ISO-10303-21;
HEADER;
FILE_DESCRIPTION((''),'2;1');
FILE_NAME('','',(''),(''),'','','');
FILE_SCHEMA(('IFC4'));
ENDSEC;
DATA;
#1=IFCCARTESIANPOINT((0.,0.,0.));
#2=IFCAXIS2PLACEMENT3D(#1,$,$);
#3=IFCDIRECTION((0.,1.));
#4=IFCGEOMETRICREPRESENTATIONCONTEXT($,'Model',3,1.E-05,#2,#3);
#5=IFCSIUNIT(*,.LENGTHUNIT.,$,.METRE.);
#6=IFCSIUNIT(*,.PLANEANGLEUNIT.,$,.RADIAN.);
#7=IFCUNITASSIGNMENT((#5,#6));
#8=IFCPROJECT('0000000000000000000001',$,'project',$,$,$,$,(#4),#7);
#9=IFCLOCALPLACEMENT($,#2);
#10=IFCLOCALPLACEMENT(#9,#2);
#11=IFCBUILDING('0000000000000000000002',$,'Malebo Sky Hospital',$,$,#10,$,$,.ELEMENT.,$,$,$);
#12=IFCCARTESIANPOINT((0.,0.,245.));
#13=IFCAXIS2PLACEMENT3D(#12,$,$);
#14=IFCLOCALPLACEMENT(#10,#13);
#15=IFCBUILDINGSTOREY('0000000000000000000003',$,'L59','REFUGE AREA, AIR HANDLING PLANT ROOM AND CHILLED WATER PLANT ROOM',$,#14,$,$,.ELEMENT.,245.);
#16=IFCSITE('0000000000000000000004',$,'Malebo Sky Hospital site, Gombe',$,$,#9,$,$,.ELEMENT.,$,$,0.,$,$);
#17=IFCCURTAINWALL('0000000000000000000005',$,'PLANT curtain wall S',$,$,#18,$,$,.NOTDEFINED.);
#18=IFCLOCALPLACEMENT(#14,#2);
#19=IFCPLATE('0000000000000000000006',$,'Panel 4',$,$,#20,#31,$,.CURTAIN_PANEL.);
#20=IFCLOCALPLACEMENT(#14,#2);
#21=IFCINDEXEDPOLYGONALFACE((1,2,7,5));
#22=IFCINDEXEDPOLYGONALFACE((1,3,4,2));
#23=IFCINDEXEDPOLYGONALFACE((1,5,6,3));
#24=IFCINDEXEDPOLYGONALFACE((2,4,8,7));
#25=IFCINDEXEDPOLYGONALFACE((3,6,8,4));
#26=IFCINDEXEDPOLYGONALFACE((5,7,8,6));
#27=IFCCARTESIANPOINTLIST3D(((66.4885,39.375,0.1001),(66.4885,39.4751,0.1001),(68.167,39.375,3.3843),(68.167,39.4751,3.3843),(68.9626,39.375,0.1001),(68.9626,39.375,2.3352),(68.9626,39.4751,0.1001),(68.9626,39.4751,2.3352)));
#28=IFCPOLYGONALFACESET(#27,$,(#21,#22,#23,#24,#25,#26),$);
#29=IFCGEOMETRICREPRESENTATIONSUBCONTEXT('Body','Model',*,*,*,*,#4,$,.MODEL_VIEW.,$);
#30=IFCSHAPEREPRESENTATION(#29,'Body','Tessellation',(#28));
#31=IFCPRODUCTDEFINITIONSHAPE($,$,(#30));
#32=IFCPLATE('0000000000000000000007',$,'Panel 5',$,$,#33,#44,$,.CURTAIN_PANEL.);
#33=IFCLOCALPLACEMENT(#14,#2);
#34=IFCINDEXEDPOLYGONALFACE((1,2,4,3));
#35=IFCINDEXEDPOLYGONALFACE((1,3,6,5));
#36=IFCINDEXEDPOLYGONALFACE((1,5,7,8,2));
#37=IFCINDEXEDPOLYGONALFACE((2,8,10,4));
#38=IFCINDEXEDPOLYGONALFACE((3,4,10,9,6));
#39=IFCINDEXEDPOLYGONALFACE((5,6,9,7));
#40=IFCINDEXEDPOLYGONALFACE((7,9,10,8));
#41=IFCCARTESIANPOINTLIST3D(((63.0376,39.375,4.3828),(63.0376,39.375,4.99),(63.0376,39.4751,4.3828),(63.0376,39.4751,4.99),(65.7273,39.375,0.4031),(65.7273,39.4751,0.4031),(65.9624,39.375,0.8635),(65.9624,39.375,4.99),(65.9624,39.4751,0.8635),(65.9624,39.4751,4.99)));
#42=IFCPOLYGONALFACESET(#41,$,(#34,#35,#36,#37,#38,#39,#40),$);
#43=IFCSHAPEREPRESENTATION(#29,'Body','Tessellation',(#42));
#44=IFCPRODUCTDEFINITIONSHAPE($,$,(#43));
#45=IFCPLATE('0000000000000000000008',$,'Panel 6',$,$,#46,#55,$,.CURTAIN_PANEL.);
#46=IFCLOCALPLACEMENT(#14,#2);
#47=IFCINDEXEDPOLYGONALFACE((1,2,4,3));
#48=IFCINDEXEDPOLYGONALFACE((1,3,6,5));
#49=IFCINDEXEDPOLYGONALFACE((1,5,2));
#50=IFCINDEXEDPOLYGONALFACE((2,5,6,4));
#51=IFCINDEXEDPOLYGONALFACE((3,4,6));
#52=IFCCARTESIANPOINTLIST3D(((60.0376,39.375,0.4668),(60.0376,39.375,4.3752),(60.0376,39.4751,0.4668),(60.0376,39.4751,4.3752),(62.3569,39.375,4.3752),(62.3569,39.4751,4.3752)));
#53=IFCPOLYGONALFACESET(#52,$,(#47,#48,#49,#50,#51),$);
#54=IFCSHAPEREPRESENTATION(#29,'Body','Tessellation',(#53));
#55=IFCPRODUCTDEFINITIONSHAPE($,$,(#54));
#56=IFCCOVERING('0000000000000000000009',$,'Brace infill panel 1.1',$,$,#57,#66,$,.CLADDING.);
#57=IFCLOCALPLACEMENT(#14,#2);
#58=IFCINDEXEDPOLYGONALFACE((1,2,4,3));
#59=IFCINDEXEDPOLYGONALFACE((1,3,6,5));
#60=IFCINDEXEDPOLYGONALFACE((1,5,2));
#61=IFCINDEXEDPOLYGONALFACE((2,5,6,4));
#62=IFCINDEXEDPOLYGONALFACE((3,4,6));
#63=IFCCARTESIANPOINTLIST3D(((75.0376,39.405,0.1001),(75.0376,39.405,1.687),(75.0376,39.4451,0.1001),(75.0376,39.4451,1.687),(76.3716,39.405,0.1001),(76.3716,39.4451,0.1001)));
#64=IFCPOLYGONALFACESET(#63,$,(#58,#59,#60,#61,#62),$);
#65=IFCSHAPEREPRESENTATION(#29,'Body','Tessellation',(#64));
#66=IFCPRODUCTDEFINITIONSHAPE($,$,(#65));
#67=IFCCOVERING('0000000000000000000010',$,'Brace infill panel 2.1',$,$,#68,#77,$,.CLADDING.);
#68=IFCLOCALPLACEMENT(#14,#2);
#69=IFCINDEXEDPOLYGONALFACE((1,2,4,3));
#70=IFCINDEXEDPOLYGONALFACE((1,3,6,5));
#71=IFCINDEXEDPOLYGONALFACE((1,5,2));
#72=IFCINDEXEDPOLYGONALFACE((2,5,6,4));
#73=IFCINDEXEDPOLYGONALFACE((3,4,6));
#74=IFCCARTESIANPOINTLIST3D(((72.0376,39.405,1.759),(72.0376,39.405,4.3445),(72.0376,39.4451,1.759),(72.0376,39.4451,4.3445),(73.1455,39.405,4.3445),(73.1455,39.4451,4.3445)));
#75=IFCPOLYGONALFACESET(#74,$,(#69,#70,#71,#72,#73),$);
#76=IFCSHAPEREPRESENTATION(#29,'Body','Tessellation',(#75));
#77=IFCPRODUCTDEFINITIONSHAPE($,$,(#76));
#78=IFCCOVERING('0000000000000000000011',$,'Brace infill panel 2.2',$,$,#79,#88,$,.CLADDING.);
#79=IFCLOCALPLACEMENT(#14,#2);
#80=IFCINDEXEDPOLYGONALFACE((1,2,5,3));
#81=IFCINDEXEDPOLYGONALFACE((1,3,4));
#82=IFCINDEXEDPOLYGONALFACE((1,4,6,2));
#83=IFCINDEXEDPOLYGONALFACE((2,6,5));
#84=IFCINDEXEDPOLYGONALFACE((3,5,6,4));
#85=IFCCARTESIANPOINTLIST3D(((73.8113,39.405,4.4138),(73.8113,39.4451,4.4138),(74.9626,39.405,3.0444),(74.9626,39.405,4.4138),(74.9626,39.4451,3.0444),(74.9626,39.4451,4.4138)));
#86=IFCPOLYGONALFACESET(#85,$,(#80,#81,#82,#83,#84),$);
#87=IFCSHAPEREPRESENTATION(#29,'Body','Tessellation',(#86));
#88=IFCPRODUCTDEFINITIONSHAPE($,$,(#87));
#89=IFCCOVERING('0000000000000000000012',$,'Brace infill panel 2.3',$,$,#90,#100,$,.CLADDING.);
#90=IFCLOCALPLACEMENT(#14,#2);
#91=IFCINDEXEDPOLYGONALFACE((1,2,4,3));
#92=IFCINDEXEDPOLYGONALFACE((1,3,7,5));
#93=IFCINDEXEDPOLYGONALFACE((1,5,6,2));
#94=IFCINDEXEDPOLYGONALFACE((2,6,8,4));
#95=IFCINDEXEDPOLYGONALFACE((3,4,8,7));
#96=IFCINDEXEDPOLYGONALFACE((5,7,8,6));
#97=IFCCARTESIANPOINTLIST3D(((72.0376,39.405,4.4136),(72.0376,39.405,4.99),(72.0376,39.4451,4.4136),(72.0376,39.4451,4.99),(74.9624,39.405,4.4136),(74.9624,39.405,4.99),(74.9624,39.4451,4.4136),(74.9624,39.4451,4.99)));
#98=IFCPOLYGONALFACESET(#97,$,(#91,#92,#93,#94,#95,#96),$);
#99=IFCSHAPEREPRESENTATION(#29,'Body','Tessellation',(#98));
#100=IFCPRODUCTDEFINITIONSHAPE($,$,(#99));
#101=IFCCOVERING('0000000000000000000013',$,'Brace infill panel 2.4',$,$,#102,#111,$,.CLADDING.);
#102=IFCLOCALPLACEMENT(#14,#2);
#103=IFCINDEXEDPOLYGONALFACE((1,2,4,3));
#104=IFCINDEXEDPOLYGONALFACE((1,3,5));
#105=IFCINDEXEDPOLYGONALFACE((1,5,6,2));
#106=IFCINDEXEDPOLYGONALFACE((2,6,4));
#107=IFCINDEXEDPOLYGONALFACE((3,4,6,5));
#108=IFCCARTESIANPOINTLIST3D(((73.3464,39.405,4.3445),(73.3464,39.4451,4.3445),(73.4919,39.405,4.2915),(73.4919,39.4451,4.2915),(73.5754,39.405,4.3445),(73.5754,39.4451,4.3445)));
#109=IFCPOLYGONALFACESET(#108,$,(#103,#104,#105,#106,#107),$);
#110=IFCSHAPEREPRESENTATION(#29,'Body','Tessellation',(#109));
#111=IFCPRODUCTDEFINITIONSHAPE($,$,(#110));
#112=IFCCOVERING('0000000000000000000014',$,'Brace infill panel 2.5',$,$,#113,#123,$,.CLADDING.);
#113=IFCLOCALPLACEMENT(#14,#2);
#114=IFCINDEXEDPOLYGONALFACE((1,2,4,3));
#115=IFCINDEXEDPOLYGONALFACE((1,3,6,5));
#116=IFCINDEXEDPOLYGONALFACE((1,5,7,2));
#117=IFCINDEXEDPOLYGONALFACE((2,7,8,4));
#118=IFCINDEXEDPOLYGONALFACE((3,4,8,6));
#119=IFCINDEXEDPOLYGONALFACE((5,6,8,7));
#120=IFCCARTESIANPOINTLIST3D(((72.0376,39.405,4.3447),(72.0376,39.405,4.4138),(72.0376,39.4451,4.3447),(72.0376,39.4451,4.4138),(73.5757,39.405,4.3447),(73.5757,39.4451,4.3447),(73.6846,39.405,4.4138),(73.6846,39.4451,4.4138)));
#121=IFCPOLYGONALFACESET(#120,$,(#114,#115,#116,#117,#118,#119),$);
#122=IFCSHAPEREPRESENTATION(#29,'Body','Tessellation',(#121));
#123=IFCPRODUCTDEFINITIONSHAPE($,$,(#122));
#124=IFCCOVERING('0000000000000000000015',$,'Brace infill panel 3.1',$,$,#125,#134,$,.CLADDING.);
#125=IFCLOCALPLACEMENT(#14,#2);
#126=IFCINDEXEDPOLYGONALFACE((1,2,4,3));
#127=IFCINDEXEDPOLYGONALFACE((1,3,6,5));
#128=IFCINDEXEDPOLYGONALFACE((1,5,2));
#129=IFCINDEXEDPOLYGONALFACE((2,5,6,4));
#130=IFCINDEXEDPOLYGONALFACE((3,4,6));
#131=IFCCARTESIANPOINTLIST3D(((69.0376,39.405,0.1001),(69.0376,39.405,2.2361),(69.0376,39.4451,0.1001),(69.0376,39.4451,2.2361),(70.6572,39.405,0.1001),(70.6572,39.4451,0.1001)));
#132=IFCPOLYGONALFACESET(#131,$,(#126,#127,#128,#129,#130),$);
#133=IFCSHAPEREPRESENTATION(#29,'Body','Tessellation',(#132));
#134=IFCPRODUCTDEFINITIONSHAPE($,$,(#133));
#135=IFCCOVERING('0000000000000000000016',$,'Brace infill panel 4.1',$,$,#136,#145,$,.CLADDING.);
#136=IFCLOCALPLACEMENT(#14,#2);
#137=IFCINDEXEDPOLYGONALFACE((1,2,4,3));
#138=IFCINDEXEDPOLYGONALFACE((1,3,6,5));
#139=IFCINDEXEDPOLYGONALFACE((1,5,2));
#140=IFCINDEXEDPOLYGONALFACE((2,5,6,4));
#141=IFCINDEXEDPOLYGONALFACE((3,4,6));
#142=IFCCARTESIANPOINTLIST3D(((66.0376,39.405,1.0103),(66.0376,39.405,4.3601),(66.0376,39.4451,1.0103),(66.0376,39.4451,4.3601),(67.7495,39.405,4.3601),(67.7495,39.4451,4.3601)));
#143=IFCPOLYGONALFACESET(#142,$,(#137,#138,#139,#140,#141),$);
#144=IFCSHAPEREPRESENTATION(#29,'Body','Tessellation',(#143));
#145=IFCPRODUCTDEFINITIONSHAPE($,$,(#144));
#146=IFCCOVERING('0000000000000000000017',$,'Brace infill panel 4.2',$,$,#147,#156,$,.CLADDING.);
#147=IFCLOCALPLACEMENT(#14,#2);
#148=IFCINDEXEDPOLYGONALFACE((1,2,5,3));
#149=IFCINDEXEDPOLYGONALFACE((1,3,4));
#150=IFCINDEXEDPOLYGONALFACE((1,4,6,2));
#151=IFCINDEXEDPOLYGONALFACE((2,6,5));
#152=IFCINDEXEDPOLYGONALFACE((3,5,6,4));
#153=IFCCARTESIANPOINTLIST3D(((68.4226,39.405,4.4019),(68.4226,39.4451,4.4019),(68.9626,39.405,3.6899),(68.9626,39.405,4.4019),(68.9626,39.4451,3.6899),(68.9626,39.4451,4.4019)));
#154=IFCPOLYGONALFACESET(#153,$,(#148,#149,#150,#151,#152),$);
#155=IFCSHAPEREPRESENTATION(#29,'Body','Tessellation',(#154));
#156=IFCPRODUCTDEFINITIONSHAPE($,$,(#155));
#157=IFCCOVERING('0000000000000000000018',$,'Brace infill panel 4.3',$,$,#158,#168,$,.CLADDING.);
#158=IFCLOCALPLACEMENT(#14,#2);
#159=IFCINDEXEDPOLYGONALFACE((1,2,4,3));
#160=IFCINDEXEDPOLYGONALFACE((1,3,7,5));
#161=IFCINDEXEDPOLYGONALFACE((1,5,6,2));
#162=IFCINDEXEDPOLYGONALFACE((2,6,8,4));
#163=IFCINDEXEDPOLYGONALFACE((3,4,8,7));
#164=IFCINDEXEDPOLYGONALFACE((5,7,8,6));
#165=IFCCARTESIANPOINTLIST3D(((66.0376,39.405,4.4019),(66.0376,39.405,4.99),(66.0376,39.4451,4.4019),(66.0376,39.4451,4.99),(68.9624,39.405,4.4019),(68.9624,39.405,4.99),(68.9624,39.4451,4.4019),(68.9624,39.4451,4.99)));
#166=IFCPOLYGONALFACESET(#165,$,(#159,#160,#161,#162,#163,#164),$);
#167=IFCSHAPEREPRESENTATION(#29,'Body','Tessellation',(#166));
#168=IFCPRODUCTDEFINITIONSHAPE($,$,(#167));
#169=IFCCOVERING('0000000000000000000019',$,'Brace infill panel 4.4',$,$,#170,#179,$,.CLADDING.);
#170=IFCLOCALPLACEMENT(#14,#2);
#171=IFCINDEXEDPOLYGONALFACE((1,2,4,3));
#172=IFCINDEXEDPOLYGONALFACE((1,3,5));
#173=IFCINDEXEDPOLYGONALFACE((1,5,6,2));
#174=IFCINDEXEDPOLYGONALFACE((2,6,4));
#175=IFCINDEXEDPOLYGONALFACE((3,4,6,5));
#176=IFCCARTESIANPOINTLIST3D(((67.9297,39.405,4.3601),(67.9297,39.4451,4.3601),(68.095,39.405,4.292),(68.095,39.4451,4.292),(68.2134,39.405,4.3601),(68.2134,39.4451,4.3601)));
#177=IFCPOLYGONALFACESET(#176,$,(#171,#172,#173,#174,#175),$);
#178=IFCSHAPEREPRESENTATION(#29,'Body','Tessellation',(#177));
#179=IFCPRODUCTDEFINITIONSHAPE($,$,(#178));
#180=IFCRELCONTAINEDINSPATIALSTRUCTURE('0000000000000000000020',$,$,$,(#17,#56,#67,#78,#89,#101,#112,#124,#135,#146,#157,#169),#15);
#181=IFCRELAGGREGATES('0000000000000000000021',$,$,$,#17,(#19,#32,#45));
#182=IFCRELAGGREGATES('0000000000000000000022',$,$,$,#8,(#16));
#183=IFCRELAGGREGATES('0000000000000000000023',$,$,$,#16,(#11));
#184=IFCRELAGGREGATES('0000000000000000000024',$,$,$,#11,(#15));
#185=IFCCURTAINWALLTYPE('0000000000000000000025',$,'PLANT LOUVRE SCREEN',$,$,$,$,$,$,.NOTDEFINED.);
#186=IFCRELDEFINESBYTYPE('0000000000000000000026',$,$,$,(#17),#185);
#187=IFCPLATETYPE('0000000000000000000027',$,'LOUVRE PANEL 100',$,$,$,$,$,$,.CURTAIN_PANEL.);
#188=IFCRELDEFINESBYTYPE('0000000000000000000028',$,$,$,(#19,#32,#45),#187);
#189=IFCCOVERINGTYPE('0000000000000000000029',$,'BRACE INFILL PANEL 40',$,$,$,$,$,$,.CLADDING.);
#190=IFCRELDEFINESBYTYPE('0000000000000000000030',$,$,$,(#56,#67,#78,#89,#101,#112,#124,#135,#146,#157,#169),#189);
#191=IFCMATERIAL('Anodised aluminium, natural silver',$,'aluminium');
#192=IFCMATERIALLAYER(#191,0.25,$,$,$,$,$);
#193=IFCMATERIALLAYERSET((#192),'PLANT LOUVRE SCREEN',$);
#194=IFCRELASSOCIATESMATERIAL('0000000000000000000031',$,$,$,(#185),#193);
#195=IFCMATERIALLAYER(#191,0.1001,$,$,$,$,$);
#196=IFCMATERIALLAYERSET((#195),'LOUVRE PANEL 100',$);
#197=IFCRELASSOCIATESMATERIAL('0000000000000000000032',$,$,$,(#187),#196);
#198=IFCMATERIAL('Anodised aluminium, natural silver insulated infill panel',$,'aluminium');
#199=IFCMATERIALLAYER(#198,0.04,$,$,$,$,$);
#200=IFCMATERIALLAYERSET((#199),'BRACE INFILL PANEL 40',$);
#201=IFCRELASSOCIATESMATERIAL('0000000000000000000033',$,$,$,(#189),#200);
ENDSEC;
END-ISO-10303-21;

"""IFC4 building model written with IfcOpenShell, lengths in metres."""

from ifc_helpers import new_model, si_unit, direction, frame, origin, place, context, subcontext, project, spatial, polyline, outline, extrude, material, layer, layer_set, type_object, element, aggregate, save


model = new_model("IFC4")

# Units and contexts
model_context = context("Model", 3, precision=1e-05, world=origin(), true_north=direction((0.0, 1.0)))
body_context = subcontext(model_context, "Body", "Model", "MODEL_VIEW")
ifc_project = project(units=[si_unit("LENGTHUNIT", "METRE"), si_unit("PLANEANGLEUNIT", "RADIAN")], contexts=[model_context])

# Site, building, storey
site_placement = place(None, origin())
site = spatial("IfcSite", under=ifc_project, at=site_placement, Name="Malebo Sky Hospital site, Gombe", CompositionType="ELEMENT", RefElevation=0.0)
building_placement = place(site_placement, origin())
building = spatial("IfcBuilding", under=site, at=building_placement, Name="Malebo Sky Hospital", CompositionType="ELEMENT")
storey_placement = place(building_placement, frame((0.0, 0.0, 245.0)))
storey = spatial("IfcBuildingStorey", under=building, at=storey_placement, Name="L59", Description="REFUGE AREA, AIR HANDLING PLANT ROOM AND CHILLED WATER PLANT ROOM", CompositionType="ELEMENT", Elevation=245.0)

# Curtain wall
ifc_material_1 = material(Name="Anodised aluminium, natural silver", Category="aluminium")
ifc_layer_1 = layer(ifc_material_1, 0.25)
ifc_layer_set_1 = layer_set([ifc_layer_1], Name="PLANT LOUVRE SCREEN")
curtain_wall_type = type_object("IfcCurtainWallType", Name="PLANT LOUVRE SCREEN", PredefinedType="NOTDEFINED", material=ifc_layer_set_1)
curtain_wall_placement = place(storey_placement, origin())
curtain_wall = element("IfcCurtainWall", 1, at=curtain_wall_placement, inside=storey, type_object=curtain_wall_type, Name="PLANT curtain wall S", PredefinedType="NOTDEFINED")

# Plates
ifc_layer_2 = layer(ifc_material_1, 0.1001)
ifc_layer_set_2 = layer_set([ifc_layer_2], Name="LOUVRE PANEL 100")
plate_type = type_object("IfcPlateType", Name="LOUVRE PANEL 100", PredefinedType="CURTAIN_PANEL", material=ifc_layer_set_2)
plate_1_placement = place(storey_placement, frame((67.7256, 39.425, 0.1001), z_axis=(0.0, 0.0, 1.0), x_axis=(-1.0, 0.0, 0.0)))
plate_1 = element("IfcPlate", 2, at=plate_1_placement, type_object=plate_type, Name="Panel 4", PredefinedType="CURTAIN_PANEL", context=body_context, shape_type="SweptSolid", body=[
    extrude(outline(polyline([(-1.2371, 0.0), (1.2371, 0.0), (-0.4414, 3.2842), (-1.2371, 2.2351), (-1.2371, 0.0)])), frame((0.0, 0.05, 0.0), z_axis=(0.0, -1.0, 0.0), x_axis=(1.0, 0.0, 0.0)), (0.0, 0.0, 1.0), 0.1001),
])
plate_2_placement = place(storey_placement, frame((64.5, 39.425, 0.4031), z_axis=(0.0, 0.0, 1.0), x_axis=(-1.0, 0.0, 0.0)))
plate_2 = element("IfcPlate", 3, at=plate_2_placement, type_object=plate_type, Name="Panel 5", PredefinedType="CURTAIN_PANEL", context=body_context, shape_type="SweptSolid", body=[
    extrude(outline(polyline([(-1.2273, 0.0), (1.4624, 3.9797), (1.4624, 4.5869), (-1.4624, 4.5869), (-1.4624, 0.4604), (-1.2273, 0.0)])), frame((0.0, 0.05, 0.0), z_axis=(0.0, -1.0, 0.0), x_axis=(1.0, 0.0, 0.0)), (0.0, 0.0, 1.0), 0.1001),
])
plate_3_placement = place(storey_placement, frame((61.1973, 39.425, 0.4668), z_axis=(0.0, 0.0, 1.0), x_axis=(-1.0, 0.0, 0.0)))
plate_3 = element("IfcPlate", 4, at=plate_3_placement, type_object=plate_type, Name="Panel 6", PredefinedType="CURTAIN_PANEL", context=body_context, shape_type="SweptSolid", body=[
    extrude(outline(polyline([(1.1597, 0.0), (1.1597, 3.9084), (-1.1597, 3.9084), (1.1597, 0.0)])), frame((0.0, 0.05, 0.0), z_axis=(0.0, -1.0, 0.0), x_axis=(1.0, 0.0, 0.0)), (0.0, 0.0, 1.0), 0.1001),
])
aggregate(curtain_wall, [plate_1, plate_2, plate_3])

# Coverings
ifc_material_2 = material(Name="Anodised aluminium, natural silver insulated infill panel", Category="aluminium")
ifc_layer_3 = layer(ifc_material_2, 0.04)
ifc_layer_set_3 = layer_set([ifc_layer_3], Name="BRACE INFILL PANEL 40")
covering_type = type_object("IfcCoveringType", Name="BRACE INFILL PANEL 40", PredefinedType="CLADDING", material=ifc_layer_set_3)
covering_1_placement = place(storey_placement, frame((75.7046, 39.425, 0.1001), z_axis=(0.0, 0.0, 1.0), x_axis=(-1.0, 0.0, 0.0)))
element("IfcCovering", 5, at=covering_1_placement, inside=storey, type_object=covering_type, Name="Brace infill panel 1.1", PredefinedType="CLADDING", context=body_context, shape_type="SweptSolid", body=[
    extrude(outline(polyline([(-0.667, 0.0), (0.667, 0.0), (0.667, 1.5869), (-0.667, 0.0)])), frame((0.0, 0.02, 0.0), z_axis=(0.0, -1.0, 0.0), x_axis=(1.0, 0.0, 0.0)), (0.0, 0.0, 1.0), 0.04),
])
covering_2_placement = place(storey_placement, frame((72.5916, 39.425, 1.759), z_axis=(0.0, 0.0, 1.0), x_axis=(-1.0, 0.0, 0.0)))
element("IfcCovering", 6, at=covering_2_placement, inside=storey, type_object=covering_type, Name="Brace infill panel 2.1", PredefinedType="CLADDING", context=body_context, shape_type="SweptSolid", body=[
    extrude(outline(polyline([(0.554, 0.0), (0.554, 2.5854), (-0.554, 2.5854), (0.554, 0.0)])), frame((0.0, 0.02, 0.0), z_axis=(0.0, -1.0, 0.0), x_axis=(1.0, 0.0, 0.0)), (0.0, 0.0, 1.0), 0.04),
])
covering_3_placement = place(storey_placement, frame((74.387, 39.425, 3.0444), z_axis=(0.0, 0.0, 1.0), x_axis=(-1.0, 0.0, 0.0)))
element("IfcCovering", 7, at=covering_3_placement, inside=storey, type_object=covering_type, Name="Brace infill panel 2.2", PredefinedType="CLADDING", context=body_context, shape_type="SweptSolid", body=[
    extrude(outline(polyline([(-0.5757, 0.0), (0.5757, 1.3694), (-0.5757, 1.3694), (-0.5757, 0.0)])), frame((0.0, 0.02, 0.0), z_axis=(0.0, -1.0, 0.0), x_axis=(1.0, 0.0, 0.0)), (0.0, 0.0, 1.0), 0.04),
])
covering_4_placement = place(storey_placement, frame((73.5, 39.425, 4.4136), z_axis=(0.0, 0.0, 1.0), x_axis=(-1.0, 0.0, 0.0)))
element("IfcCovering", 8, at=covering_4_placement, inside=storey, type_object=covering_type, Name="Brace infill panel 2.3", PredefinedType="CLADDING", context=body_context, shape_type="SweptSolid", body=[
    extrude(outline(polyline([(-1.4624, 0.0), (1.4624, 0.0), (1.4624, 0.5764), (-1.4624, 0.5764), (-1.4624, 0.0)])), frame((0.0, 0.02, 0.0), z_axis=(0.0, -1.0, 0.0), x_axis=(1.0, 0.0, 0.0)), (0.0, 0.0, 1.0), 0.04),
])
covering_5_placement = place(storey_placement, frame((73.4609, 39.425, 4.2915), z_axis=(0.0, 0.0, 1.0), x_axis=(-1.0, 0.0, 0.0)))
element("IfcCovering", 9, at=covering_5_placement, inside=storey, type_object=covering_type, Name="Brace infill panel 2.4", PredefinedType="CLADDING", context=body_context, shape_type="SweptSolid", body=[
    extrude(outline(polyline([(-0.031, 0.0), (0.1145, 0.053), (-0.1145, 0.053), (-0.031, 0.0)])), frame((0.0, 0.02, 0.0), z_axis=(0.0, -1.0, 0.0), x_axis=(1.0, 0.0, 0.0)), (0.0, 0.0, 1.0), 0.04),
])
covering_6_placement = place(storey_placement, frame((72.8611, 39.425, 4.3447), z_axis=(0.0, 0.0, 1.0), x_axis=(-1.0, 0.0, 0.0)))
element("IfcCovering", 10, at=covering_6_placement, inside=storey, type_object=covering_type, Name="Brace infill panel 2.5", PredefinedType="CLADDING", context=body_context, shape_type="SweptSolid", body=[
    extrude(outline(polyline([(-0.7146, 0.0), (0.8235, 0.0), (0.8235, 0.0691), (-0.8235, 0.0691), (-0.7146, 0.0)])), frame((0.0, 0.02, 0.0), z_axis=(0.0, -1.0, 0.0), x_axis=(1.0, 0.0, 0.0)), (0.0, 0.0, 1.0), 0.04),
])
covering_7_placement = place(storey_placement, frame((69.8474, 39.425, 0.1001), z_axis=(0.0, 0.0, 1.0), x_axis=(-1.0, 0.0, 0.0)))
element("IfcCovering", 11, at=covering_7_placement, inside=storey, type_object=covering_type, Name="Brace infill panel 3.1", PredefinedType="CLADDING", context=body_context, shape_type="SweptSolid", body=[
    extrude(outline(polyline([(-0.8098, 0.0), (0.8098, 0.0), (0.8098, 2.136), (-0.8098, 0.0)])), frame((0.0, 0.02, 0.0), z_axis=(0.0, -1.0, 0.0), x_axis=(1.0, 0.0, 0.0)), (0.0, 0.0, 1.0), 0.04),
])
covering_8_placement = place(storey_placement, frame((66.8936, 39.425, 1.0103), z_axis=(0.0, 0.0, 1.0), x_axis=(-1.0, 0.0, 0.0)))
element("IfcCovering", 12, at=covering_8_placement, inside=storey, type_object=covering_type, Name="Brace infill panel 4.1", PredefinedType="CLADDING", context=body_context, shape_type="SweptSolid", body=[
    extrude(outline(polyline([(0.856, 0.0), (0.856, 3.3499), (-0.856, 3.3499), (0.856, 0.0)])), frame((0.0, 0.02, 0.0), z_axis=(0.0, -1.0, 0.0), x_axis=(1.0, 0.0, 0.0)), (0.0, 0.0, 1.0), 0.04),
])
covering_9_placement = place(storey_placement, frame((68.6926, 39.425, 3.6899), z_axis=(0.0, 0.0, 1.0), x_axis=(-1.0, 0.0, 0.0)))
element("IfcCovering", 13, at=covering_9_placement, inside=storey, type_object=covering_type, Name="Brace infill panel 4.2", PredefinedType="CLADDING", context=body_context, shape_type="SweptSolid", body=[
    extrude(outline(polyline([(-0.27, 0.0), (0.27, 0.7119), (-0.27, 0.7119), (-0.27, 0.0)])), frame((0.0, 0.02, 0.0), z_axis=(0.0, -1.0, 0.0), x_axis=(1.0, 0.0, 0.0)), (0.0, 0.0, 1.0), 0.04),
])
covering_10_placement = place(storey_placement, frame((67.5, 39.425, 4.4019), z_axis=(0.0, 0.0, 1.0), x_axis=(-1.0, 0.0, 0.0)))
element("IfcCovering", 14, at=covering_10_placement, inside=storey, type_object=covering_type, Name="Brace infill panel 4.3", PredefinedType="CLADDING", context=body_context, shape_type="SweptSolid", body=[
    extrude(outline(polyline([(-1.4624, 0.0), (1.4624, 0.0), (1.4624, 0.5881), (-1.4624, 0.5881), (-1.4624, 0.0)])), frame((0.0, 0.02, 0.0), z_axis=(0.0, -1.0, 0.0), x_axis=(1.0, 0.0, 0.0)), (0.0, 0.0, 1.0), 0.04),
])
covering_11_placement = place(storey_placement, frame((68.0715, 39.425, 4.292), z_axis=(0.0, 0.0, 1.0), x_axis=(-1.0, 0.0, 0.0)))
element("IfcCovering", 15, at=covering_11_placement, inside=storey, type_object=covering_type, Name="Brace infill panel 4.4", PredefinedType="CLADDING", context=body_context, shape_type="SweptSolid", body=[
    extrude(outline(polyline([(-0.0234, 0.0), (0.1418, 0.0681), (-0.1418, 0.0681), (-0.0234, 0.0)])), frame((0.0, 0.02, 0.0), z_axis=(0.0, -1.0, 0.0), x_axis=(1.0, 0.0, 0.0)), (0.0, 0.0, 1.0), 0.04),
])

save(model, "model.ifc")
